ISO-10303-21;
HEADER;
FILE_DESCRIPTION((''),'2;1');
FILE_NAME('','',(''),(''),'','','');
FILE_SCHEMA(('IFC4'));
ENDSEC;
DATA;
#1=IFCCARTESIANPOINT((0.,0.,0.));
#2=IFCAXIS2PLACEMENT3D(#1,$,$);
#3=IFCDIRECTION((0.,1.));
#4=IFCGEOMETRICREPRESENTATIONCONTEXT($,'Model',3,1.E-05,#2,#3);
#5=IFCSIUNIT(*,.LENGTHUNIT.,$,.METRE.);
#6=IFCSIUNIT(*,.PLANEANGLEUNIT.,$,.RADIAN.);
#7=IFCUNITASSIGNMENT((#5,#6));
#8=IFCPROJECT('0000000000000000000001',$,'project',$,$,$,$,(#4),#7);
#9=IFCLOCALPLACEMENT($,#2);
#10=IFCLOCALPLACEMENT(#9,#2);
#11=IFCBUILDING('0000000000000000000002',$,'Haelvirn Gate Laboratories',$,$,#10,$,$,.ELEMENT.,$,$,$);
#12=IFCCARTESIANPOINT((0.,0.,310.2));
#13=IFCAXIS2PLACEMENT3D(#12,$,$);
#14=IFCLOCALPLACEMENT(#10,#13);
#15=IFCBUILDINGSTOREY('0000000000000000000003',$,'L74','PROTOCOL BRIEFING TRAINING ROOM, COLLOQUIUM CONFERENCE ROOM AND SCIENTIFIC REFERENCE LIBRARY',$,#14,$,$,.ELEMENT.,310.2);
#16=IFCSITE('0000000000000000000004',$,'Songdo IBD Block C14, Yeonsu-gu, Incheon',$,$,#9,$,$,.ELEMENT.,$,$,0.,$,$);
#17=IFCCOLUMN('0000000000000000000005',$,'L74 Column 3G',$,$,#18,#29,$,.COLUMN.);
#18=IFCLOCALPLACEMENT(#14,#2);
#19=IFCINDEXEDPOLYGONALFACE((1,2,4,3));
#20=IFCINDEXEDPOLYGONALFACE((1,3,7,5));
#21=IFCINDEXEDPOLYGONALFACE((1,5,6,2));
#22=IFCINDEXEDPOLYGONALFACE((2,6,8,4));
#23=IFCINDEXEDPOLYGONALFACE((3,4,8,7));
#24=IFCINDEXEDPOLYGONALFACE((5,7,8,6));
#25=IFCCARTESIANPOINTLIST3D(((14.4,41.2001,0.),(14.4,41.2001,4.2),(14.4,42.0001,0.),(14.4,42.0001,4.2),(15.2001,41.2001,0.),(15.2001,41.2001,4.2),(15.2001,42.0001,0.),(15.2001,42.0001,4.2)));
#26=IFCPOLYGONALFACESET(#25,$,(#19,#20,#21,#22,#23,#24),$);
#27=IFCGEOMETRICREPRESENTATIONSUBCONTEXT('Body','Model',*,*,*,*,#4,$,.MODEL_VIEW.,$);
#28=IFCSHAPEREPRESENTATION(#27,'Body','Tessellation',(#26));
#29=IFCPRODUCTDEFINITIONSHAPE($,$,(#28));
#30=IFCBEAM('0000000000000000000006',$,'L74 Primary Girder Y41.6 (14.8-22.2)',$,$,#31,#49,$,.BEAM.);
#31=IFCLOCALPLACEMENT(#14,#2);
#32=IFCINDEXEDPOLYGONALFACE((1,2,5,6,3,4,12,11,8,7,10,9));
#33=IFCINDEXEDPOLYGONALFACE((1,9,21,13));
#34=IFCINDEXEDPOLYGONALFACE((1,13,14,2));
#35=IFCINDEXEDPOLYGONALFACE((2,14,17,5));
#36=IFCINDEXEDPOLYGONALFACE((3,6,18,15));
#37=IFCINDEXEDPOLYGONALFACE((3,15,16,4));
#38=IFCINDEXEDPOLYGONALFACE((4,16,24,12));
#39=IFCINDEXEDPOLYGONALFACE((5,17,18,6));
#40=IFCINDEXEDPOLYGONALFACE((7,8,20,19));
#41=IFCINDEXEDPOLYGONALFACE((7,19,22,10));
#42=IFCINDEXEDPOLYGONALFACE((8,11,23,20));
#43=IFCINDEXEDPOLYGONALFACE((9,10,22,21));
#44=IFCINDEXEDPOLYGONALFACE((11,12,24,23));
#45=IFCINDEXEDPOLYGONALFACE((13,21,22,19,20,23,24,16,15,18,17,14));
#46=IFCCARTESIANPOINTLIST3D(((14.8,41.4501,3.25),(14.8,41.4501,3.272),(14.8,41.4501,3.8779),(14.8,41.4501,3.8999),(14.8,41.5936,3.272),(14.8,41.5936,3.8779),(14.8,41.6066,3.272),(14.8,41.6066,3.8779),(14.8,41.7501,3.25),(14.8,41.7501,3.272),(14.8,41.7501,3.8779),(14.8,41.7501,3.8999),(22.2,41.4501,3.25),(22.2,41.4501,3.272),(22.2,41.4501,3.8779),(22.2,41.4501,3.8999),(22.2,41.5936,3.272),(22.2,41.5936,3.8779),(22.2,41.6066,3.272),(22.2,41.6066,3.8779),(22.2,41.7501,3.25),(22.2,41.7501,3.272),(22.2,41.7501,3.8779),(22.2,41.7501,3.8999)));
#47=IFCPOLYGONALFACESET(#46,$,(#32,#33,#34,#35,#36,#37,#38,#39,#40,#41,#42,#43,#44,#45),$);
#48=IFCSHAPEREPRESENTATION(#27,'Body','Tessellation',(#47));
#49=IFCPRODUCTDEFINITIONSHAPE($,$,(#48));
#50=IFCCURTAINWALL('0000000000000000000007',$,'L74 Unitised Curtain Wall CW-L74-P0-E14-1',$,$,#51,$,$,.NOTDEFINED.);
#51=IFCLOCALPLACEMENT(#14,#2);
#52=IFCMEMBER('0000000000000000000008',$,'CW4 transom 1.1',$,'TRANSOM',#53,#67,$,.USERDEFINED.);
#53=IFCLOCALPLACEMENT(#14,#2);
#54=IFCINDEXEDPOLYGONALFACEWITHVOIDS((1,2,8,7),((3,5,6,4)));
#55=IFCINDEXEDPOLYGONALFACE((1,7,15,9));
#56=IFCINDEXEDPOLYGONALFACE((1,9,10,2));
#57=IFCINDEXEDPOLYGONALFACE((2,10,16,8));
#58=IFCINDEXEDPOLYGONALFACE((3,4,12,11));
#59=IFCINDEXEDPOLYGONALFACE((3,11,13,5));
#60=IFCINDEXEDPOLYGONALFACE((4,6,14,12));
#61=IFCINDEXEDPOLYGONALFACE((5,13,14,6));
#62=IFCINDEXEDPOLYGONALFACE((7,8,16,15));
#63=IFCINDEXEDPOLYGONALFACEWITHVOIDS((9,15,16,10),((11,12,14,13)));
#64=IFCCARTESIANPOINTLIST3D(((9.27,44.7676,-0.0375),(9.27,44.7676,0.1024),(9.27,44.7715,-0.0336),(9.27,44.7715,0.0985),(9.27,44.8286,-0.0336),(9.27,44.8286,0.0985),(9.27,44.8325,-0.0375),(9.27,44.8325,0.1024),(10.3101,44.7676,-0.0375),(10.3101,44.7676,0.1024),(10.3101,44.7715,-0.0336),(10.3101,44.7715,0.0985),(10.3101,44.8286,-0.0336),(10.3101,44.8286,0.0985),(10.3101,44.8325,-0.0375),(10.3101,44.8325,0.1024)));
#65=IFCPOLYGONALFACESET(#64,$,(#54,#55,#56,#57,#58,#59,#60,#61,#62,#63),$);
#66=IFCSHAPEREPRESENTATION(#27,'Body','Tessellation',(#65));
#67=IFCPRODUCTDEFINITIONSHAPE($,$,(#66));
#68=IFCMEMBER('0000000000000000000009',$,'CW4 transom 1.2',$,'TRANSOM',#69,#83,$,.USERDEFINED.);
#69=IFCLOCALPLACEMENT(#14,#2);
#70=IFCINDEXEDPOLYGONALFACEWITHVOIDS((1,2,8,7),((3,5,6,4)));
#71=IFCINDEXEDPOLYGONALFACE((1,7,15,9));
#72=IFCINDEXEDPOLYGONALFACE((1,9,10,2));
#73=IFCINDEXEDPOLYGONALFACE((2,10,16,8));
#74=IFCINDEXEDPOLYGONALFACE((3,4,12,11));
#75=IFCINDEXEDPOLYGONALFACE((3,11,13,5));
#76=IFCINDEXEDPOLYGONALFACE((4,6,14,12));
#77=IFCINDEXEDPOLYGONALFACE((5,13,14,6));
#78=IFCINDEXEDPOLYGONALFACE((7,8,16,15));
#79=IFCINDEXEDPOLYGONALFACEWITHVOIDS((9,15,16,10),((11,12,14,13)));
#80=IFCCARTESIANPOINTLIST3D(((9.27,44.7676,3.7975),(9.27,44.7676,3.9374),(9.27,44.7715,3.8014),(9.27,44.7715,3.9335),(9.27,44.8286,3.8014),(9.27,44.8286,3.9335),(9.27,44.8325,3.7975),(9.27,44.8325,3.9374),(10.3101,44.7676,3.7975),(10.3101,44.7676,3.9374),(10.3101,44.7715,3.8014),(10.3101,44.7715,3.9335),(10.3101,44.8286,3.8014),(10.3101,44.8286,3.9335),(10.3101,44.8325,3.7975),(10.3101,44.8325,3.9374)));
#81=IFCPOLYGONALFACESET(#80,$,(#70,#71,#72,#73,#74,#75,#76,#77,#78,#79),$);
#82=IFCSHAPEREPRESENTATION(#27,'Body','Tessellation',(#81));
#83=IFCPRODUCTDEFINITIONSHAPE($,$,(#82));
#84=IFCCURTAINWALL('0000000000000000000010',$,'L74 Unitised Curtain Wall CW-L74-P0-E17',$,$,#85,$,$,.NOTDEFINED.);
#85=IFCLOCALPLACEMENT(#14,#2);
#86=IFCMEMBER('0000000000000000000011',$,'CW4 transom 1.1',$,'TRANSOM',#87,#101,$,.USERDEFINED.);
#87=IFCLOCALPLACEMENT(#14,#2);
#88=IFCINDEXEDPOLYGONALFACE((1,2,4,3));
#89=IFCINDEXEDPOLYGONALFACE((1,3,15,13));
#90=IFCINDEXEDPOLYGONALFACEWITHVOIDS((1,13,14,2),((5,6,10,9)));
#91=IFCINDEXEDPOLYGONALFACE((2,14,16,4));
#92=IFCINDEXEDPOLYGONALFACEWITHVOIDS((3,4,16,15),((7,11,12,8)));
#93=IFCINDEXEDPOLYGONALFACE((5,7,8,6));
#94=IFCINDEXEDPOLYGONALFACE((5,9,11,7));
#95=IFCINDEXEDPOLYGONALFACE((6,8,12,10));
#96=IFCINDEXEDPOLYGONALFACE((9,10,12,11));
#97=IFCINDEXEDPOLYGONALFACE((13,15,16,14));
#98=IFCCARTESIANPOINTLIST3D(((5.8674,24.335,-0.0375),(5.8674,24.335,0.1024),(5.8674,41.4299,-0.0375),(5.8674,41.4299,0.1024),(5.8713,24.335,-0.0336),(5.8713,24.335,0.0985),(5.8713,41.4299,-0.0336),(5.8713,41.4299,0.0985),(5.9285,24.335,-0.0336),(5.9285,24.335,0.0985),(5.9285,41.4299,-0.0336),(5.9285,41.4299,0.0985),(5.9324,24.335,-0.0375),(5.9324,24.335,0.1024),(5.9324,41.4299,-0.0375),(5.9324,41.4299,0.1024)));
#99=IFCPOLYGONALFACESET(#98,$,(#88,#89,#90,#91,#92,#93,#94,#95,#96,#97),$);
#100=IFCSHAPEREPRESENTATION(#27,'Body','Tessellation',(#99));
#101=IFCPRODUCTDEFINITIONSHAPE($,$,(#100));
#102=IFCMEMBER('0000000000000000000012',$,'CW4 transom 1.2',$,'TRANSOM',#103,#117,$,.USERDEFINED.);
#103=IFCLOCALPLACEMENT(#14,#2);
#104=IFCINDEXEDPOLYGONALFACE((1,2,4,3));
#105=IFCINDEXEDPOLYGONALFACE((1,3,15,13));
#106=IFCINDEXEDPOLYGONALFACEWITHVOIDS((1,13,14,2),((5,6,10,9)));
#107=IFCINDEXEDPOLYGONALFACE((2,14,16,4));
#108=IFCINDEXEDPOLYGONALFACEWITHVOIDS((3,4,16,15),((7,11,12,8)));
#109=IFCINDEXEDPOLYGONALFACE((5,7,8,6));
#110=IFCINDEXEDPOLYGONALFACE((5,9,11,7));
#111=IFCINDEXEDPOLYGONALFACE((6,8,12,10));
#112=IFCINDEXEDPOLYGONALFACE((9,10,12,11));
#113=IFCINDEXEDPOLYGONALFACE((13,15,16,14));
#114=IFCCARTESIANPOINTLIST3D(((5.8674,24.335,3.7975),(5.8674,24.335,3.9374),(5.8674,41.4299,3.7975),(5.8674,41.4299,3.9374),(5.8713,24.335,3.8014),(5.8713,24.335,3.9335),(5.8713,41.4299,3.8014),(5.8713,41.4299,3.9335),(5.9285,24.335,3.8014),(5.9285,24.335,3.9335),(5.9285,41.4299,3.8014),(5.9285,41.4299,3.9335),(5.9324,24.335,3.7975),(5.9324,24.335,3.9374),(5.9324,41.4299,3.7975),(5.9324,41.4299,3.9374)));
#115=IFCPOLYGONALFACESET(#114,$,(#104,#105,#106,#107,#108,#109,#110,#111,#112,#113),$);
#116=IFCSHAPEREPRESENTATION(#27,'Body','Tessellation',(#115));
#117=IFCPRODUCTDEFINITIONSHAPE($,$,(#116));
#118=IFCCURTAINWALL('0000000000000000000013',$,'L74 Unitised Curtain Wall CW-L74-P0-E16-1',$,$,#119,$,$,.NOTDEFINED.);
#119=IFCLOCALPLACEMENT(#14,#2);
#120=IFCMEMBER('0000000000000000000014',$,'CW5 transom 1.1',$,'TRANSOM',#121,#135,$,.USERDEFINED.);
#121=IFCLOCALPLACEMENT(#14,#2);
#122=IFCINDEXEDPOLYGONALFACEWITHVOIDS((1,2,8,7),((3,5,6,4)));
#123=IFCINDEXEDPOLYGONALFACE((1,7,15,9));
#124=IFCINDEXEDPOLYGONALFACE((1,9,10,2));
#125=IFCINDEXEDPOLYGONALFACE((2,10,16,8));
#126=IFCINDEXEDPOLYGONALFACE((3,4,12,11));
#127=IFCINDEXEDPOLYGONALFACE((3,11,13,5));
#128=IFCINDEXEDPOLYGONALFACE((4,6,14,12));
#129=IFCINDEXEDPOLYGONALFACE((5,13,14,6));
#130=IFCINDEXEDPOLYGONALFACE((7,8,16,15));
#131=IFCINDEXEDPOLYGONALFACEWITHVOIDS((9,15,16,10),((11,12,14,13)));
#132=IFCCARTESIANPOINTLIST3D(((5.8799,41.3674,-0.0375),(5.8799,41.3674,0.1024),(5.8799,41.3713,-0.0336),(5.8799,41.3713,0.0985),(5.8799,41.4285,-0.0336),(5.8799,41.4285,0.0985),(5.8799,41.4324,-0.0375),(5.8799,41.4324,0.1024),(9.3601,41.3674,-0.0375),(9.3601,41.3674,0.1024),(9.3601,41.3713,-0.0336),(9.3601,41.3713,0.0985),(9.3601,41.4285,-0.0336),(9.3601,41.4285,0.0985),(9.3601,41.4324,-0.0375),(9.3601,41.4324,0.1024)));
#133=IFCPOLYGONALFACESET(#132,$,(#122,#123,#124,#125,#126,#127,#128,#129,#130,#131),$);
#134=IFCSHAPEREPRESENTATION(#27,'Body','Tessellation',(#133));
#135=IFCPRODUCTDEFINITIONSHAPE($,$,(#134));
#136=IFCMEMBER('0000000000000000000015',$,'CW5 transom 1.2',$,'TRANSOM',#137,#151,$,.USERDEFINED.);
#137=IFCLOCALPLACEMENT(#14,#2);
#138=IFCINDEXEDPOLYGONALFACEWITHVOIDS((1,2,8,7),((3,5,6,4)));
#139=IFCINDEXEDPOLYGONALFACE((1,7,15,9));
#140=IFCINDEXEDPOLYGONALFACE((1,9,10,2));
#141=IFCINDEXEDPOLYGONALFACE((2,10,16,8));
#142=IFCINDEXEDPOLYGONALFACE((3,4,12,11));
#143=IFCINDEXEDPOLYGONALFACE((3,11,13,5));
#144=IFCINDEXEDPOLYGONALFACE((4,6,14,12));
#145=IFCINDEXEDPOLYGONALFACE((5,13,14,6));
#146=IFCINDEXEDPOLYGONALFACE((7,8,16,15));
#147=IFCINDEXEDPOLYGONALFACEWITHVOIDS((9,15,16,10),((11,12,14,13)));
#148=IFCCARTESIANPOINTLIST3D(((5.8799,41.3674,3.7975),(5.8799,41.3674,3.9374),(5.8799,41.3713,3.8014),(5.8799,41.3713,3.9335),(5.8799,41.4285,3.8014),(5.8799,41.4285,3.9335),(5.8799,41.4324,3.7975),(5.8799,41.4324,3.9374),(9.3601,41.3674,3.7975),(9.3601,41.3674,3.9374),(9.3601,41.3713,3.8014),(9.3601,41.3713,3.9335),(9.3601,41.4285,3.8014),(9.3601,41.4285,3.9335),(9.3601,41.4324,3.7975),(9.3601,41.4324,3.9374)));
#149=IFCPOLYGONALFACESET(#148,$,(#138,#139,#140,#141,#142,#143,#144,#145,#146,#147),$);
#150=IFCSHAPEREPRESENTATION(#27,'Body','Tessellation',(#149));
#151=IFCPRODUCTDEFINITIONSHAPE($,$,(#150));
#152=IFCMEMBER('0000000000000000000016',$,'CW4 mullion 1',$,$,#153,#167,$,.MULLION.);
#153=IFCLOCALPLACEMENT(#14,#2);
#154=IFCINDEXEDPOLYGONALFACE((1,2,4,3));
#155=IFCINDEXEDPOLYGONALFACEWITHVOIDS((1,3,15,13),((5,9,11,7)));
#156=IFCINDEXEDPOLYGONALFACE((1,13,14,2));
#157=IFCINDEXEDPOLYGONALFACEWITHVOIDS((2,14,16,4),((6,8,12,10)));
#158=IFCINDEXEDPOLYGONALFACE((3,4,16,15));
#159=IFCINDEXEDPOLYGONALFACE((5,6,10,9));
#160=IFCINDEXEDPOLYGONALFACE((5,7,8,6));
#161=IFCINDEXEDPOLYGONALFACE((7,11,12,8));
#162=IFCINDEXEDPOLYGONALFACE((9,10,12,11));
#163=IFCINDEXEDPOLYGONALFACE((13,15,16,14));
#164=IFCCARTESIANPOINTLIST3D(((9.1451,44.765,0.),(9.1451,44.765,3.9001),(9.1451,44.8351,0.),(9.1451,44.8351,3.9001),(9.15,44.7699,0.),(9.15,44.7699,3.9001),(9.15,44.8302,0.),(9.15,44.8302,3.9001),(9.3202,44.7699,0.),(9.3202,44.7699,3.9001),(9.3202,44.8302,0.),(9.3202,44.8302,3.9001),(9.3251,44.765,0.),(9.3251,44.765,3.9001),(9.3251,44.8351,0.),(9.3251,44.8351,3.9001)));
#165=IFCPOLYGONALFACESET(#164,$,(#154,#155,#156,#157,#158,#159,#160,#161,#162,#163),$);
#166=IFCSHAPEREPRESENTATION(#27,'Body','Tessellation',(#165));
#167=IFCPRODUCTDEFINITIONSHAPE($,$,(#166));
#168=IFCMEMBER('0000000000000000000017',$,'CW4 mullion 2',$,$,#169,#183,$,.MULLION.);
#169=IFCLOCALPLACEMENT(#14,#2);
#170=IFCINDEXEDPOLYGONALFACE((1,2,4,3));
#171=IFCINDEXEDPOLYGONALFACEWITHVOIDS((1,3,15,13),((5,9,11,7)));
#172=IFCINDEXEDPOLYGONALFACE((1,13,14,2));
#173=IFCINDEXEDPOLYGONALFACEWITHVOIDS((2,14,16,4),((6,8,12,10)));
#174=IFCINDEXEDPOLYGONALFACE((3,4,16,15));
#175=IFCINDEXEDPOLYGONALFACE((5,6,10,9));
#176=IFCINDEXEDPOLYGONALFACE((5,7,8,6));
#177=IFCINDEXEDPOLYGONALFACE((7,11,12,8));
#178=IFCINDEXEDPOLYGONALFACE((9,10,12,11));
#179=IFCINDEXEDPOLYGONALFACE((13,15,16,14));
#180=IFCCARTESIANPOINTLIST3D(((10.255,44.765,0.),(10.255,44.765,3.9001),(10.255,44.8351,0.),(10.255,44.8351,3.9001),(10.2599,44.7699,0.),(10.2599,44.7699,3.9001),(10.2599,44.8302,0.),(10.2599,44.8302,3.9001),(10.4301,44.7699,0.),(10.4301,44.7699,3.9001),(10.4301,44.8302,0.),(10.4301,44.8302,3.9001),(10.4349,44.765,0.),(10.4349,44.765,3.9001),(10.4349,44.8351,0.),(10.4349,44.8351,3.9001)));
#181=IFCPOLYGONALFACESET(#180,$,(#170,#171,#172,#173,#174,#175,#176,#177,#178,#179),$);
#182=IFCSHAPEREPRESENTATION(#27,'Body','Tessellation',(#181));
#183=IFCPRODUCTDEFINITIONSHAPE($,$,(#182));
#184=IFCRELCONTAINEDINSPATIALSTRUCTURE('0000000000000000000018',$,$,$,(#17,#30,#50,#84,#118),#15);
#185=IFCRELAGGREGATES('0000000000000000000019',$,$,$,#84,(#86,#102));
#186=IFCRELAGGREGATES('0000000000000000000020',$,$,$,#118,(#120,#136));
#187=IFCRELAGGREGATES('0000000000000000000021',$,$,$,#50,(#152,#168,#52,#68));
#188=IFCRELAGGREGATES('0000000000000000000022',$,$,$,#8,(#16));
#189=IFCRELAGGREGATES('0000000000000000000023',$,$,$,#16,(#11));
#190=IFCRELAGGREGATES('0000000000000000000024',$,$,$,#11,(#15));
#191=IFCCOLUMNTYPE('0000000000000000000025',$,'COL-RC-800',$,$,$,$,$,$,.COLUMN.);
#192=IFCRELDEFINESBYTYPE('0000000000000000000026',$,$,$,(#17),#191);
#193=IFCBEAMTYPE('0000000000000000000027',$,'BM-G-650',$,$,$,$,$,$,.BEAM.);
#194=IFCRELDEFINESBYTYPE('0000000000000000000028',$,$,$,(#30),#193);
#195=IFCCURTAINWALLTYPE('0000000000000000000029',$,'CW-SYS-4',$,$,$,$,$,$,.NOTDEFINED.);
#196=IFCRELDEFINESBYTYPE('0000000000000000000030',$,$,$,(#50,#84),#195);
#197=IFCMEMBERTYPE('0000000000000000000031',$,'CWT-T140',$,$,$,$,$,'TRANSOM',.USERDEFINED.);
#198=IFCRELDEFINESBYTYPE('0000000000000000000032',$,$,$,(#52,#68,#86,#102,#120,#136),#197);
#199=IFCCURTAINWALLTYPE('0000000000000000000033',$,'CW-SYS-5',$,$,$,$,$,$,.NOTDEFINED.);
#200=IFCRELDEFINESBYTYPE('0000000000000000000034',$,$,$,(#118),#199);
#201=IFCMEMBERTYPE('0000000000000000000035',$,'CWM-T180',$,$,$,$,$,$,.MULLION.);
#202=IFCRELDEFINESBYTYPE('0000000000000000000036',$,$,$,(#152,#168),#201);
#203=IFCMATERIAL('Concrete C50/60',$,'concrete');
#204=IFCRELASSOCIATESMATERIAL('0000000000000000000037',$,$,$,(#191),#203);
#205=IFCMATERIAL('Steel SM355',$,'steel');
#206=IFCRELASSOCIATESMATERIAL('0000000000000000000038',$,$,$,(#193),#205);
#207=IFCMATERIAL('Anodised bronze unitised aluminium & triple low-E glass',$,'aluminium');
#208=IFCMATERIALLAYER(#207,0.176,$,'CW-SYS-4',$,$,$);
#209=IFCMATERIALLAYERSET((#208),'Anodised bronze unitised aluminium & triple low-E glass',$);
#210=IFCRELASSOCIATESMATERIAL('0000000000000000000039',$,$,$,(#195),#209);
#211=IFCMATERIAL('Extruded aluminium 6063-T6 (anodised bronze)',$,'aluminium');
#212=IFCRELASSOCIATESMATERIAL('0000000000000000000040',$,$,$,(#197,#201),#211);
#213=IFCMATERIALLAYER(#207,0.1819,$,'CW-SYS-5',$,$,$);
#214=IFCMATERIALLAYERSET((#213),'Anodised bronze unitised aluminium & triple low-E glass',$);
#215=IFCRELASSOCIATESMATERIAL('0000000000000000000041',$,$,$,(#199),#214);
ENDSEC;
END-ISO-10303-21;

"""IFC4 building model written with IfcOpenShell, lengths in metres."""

from ifc_helpers import new_model, si_unit, direction, frame, origin, origin_2d, place, context, subcontext, project, spatial, rectangle, hollow_rectangle, i_section, extrude, source, transform, mapped, material, layer, layer_set, material_profile, profile_set, type_object, type_shapes, element, aggregate, save


model = new_model("IFC4")

# Units and contexts
model_context = context("Model", 3, precision=1e-05, world=origin(), true_north=direction((0.0, 1.0)))
body_context = subcontext(model_context, "Body", "Model", "MODEL_VIEW")
ifc_project = project(units=[si_unit("LENGTHUNIT", "METRE"), si_unit("PLANEANGLEUNIT", "RADIAN")], contexts=[model_context])

# Site, building, storey
site_placement = place(None, origin())
site = spatial("IfcSite", under=ifc_project, at=site_placement, Name="Songdo IBD Block C14, Yeonsu-gu, Incheon", CompositionType="ELEMENT", RefElevation=0.0)
building_placement = place(site_placement, origin())
building = spatial("IfcBuilding", under=site, at=building_placement, Name="Haelvirn Gate Laboratories", CompositionType="ELEMENT")
storey_placement = place(building_placement, frame((0.0, 0.0, 310.2)))
storey = spatial("IfcBuildingStorey", under=building, at=storey_placement, Name="L74", Description="PROTOCOL BRIEFING TRAINING ROOM, COLLOQUIUM CONFERENCE ROOM AND SCIENTIFIC REFERENCE LIBRARY", CompositionType="ELEMENT", Elevation=310.2)

# Column
ifc_material_1 = material(Name="Concrete C50/60", Category="concrete")
ifc_material_profile_1 = material_profile(ifc_material_1, rectangle(XDim=0.8, YDim=0.8, at=origin_2d()), Name="RC-800x800")
ifc_profile_set_1 = profile_set([ifc_material_profile_1], Name="Concrete C50/60")
column_type = type_object("IfcColumnType", Name="COL-RC-800", PredefinedType="COLUMN", material=ifc_profile_set_1)
shared_shape_1 = source(origin(), body_context, "Body", "SweptSolid", [
    extrude(rectangle(XDim=0.8, YDim=0.8, at=origin_2d()), origin(), (0.0, 0.0, 1.0), 4.2),
])
type_shapes(column_type, [shared_shape_1])
column_placement = place(storey_placement, frame((14.8, 41.6001, 0.0), z_axis=(0.0, 0.0, 1.0), x_axis=(1.0, 0.0, 0.0)))
element("IfcColumn", 1, at=column_placement, inside=storey, type_object=column_type, Name="L74 Column 3G", PredefinedType="COLUMN", context=body_context, shape_type="MappedRepresentation", body=[
    mapped(shared_shape_1, transform((0.0, 0.0, 0.0), scale=1.0)),
])

# Beam
ifc_material_2 = material(Name="Steel SM355", Category="steel")
ifc_material_profile_2 = material_profile(ifc_material_2, i_section(OverallWidth=0.3, OverallDepth=0.6499, WebThickness=0.0129, FlangeThickness=0.022, at=origin_2d()), Name="H-650x300x13x22")
ifc_profile_set_2 = profile_set([ifc_material_profile_2], Name="Steel SM355")
beam_type = type_object("IfcBeamType", Name="BM-G-650", PredefinedType="BEAM", material=ifc_profile_set_2)
shared_shape_2 = source(origin(), body_context, "Body", "SweptSolid", [
    extrude(i_section(OverallWidth=0.3, OverallDepth=0.6499, WebThickness=0.0129, FlangeThickness=0.022, at=origin_2d()), origin(), (0.0, 0.0, 1.0), 7.3999),
])
type_shapes(beam_type, [shared_shape_2])
beam_placement = place(storey_placement, frame((14.8, 41.6001, 3.575), z_axis=(1.0, 0.0, 0.0), x_axis=(0.0, 1.0, 0.0)))
element("IfcBeam", 2, at=beam_placement, inside=storey, type_object=beam_type, Name="L74 Primary Girder Y41.6 (14.8-22.2)", PredefinedType="BEAM", context=body_context, shape_type="MappedRepresentation", body=[
    mapped(shared_shape_2, transform((0.0, 0.0, 0.0), scale=1.0)),
])

# Curtain walls, members
ifc_material_3 = material(Name="Anodised bronze unitised aluminium & triple low-E glass", Category="aluminium")
ifc_layer_1 = layer(ifc_material_3, 0.176, Name="CW-SYS-4")
ifc_layer_set_1 = layer_set([ifc_layer_1], Name="Anodised bronze unitised aluminium & triple low-E glass")
curtain_wall_type_1 = type_object("IfcCurtainWallType", Name="CW-SYS-4", PredefinedType="NOTDEFINED", material=ifc_layer_set_1)
curtain_wall_1_placement = place(storey_placement, origin())
curtain_wall_1 = element("IfcCurtainWall", 3, at=curtain_wall_1_placement, inside=storey, type_object=curtain_wall_type_1, Name="L74 Unitised Curtain Wall CW-L74-P0-E14-1", PredefinedType="NOTDEFINED")
ifc_material_4 = material(Name="Extruded aluminium 6063-T6 (anodised bronze)", Category="aluminium")
ifc_material_profile_3 = material_profile(ifc_material_4, hollow_rectangle(XDim=0.0649, YDim=0.1399, WallThickness=0.0039, at=origin_2d()), Name="CWT-140x65x4")
ifc_profile_set_3 = profile_set([ifc_material_profile_3], Name="Extruded aluminium 6063-T6 (anodised bronze)")
member_type_1 = type_object("IfcMemberType", Name="CWT-T140", ElementType="TRANSOM", PredefinedType="USERDEFINED", material=ifc_profile_set_3)
shared_shape_3 = source(origin(), body_context, "Body", "SweptSolid", [
    extrude(hollow_rectangle(XDim=0.0649, YDim=0.1399, WallThickness=0.0039, at=origin_2d()), origin(), (0.0, 0.0, 1.0), 1.04),
])
member_1_placement = place(storey_placement, frame((9.27, 44.8, 0.0325), z_axis=(1.0, 0.0, 0.0), x_axis=(0.0, 1.0, 0.0)))
member_1 = element("IfcMember", 4, at=member_1_placement, type_object=member_type_1, Name="CW4 transom 1.1", ObjectType="TRANSOM", PredefinedType="USERDEFINED", context=body_context, shape_type="MappedRepresentation", body=[
    mapped(shared_shape_3, transform((0.0, 0.0, 0.0), scale=1.0)),
])
member_2_placement = place(storey_placement, frame((9.27, 44.8, 3.8674), z_axis=(1.0, 0.0, 0.0), x_axis=(0.0, 1.0, 0.0)))
member_2 = element("IfcMember", 5, at=member_2_placement, type_object=member_type_1, Name="CW4 transom 1.2", ObjectType="TRANSOM", PredefinedType="USERDEFINED", context=body_context, shape_type="MappedRepresentation", body=[
    mapped(shared_shape_3, transform((0.0, 0.0, 0.0), scale=1.0)),
])
curtain_wall_2_placement = place(storey_placement, origin())
curtain_wall_2 = element("IfcCurtainWall", 6, at=curtain_wall_2_placement, inside=storey, type_object=curtain_wall_type_1, Name="L74 Unitised Curtain Wall CW-L74-P0-E17", PredefinedType="NOTDEFINED")
shared_shape_4 = source(origin(), body_context, "Body", "SweptSolid", [
    extrude(hollow_rectangle(XDim=0.0649, YDim=0.1399, WallThickness=0.0039, at=origin_2d()), origin(), (0.0, 0.0, 1.0), 17.095),
])
member_3_placement = place(storey_placement, frame((5.8999, 41.4299, 0.0325), z_axis=(0.0, -1.0, 0.0), x_axis=(1.0, 0.0, 0.0)))
member_3 = element("IfcMember", 7, at=member_3_placement, type_object=member_type_1, Name="CW4 transom 1.1", ObjectType="TRANSOM", PredefinedType="USERDEFINED", context=body_context, shape_type="MappedRepresentation", body=[
    mapped(shared_shape_4, transform((0.0, 0.0, 0.0), scale=1.0)),
])
member_4_placement = place(storey_placement, frame((5.8999, 41.4299, 3.8674), z_axis=(0.0, -1.0, 0.0), x_axis=(1.0, 0.0, 0.0)))
member_4 = element("IfcMember", 8, at=member_4_placement, type_object=member_type_1, Name="CW4 transom 1.2", ObjectType="TRANSOM", PredefinedType="USERDEFINED", context=body_context, shape_type="MappedRepresentation", body=[
    mapped(shared_shape_4, transform((0.0, 0.0, 0.0), scale=1.0)),
])
ifc_layer_2 = layer(ifc_material_3, 0.1819, Name="CW-SYS-5")
ifc_layer_set_2 = layer_set([ifc_layer_2], Name="Anodised bronze unitised aluminium & triple low-E glass")
curtain_wall_type_2 = type_object("IfcCurtainWallType", Name="CW-SYS-5", PredefinedType="NOTDEFINED", material=ifc_layer_set_2)
curtain_wall_3_placement = place(storey_placement, origin())
curtain_wall_3 = element("IfcCurtainWall", 9, at=curtain_wall_3_placement, inside=storey, type_object=curtain_wall_type_2, Name="L74 Unitised Curtain Wall CW-L74-P0-E16-1", PredefinedType="NOTDEFINED")
shared_shape_5 = source(origin(), body_context, "Body", "SweptSolid", [
    extrude(hollow_rectangle(XDim=0.0649, YDim=0.1399, WallThickness=0.0039, at=origin_2d()), origin(), (0.0, 0.0, 1.0), 3.4802),
])
member_5_placement = place(storey_placement, frame((5.8799, 41.3999, 0.0325), z_axis=(1.0, 0.0, 0.0), x_axis=(0.0, 1.0, 0.0)))
member_5 = element("IfcMember", 10, at=member_5_placement, type_object=member_type_1, Name="CW5 transom 1.1", ObjectType="TRANSOM", PredefinedType="USERDEFINED", context=body_context, shape_type="MappedRepresentation", body=[
    mapped(shared_shape_5, transform((0.0, 0.0, 0.0), scale=1.0)),
])
member_6_placement = place(storey_placement, frame((5.8799, 41.3999, 3.8674), z_axis=(1.0, 0.0, 0.0), x_axis=(0.0, 1.0, 0.0)))
member_6 = element("IfcMember", 11, at=member_6_placement, type_object=member_type_1, Name="CW5 transom 1.2", ObjectType="TRANSOM", PredefinedType="USERDEFINED", context=body_context, shape_type="MappedRepresentation", body=[
    mapped(shared_shape_5, transform((0.0, 0.0, 0.0), scale=1.0)),
])

# Members
ifc_material_profile_4 = material_profile(ifc_material_4, hollow_rectangle(XDim=0.0701, YDim=0.1799, WallThickness=0.0049, at=origin_2d()), Name="CWM-180x70x5")
ifc_profile_set_4 = profile_set([ifc_material_profile_4], Name="Extruded aluminium 6063-T6 (anodised bronze)")
member_type_2 = type_object("IfcMemberType", Name="CWM-T180", PredefinedType="MULLION", material=ifc_profile_set_4)
shared_shape_6 = source(origin(), body_context, "Body", "SweptSolid", [
    extrude(hollow_rectangle(XDim=0.0701, YDim=0.1799, WallThickness=0.0049, at=origin_2d()), origin(), (0.0, 0.0, 1.0), 3.9001),
])
type_shapes(member_type_2, [shared_shape_6])
member_7_placement = place(storey_placement, frame((9.2351, 44.8, 0.0), z_axis=(0.0, 0.0, 1.0), x_axis=(0.0, 1.0, 0.0)))
member_7 = element("IfcMember", 12, at=member_7_placement, type_object=member_type_2, Name="CW4 mullion 1", PredefinedType="MULLION", context=body_context, shape_type="MappedRepresentation", body=[
    mapped(shared_shape_6, transform((0.0, 0.0, 0.0), scale=1.0)),
])
member_8_placement = place(storey_placement, frame((10.345, 44.8, 0.0), z_axis=(0.0, 0.0, 1.0), x_axis=(0.0, 1.0, 0.0)))
member_8 = element("IfcMember", 13, at=member_8_placement, type_object=member_type_2, Name="CW4 mullion 2", PredefinedType="MULLION", context=body_context, shape_type="MappedRepresentation", body=[
    mapped(shared_shape_6, transform((0.0, 0.0, 0.0), scale=1.0)),
])

aggregate(curtain_wall_2, [member_3, member_4])

aggregate(curtain_wall_3, [member_5, member_6])
aggregate(curtain_wall_1, [member_7, member_8, member_1, member_2])

save(model, "model.ifc")
